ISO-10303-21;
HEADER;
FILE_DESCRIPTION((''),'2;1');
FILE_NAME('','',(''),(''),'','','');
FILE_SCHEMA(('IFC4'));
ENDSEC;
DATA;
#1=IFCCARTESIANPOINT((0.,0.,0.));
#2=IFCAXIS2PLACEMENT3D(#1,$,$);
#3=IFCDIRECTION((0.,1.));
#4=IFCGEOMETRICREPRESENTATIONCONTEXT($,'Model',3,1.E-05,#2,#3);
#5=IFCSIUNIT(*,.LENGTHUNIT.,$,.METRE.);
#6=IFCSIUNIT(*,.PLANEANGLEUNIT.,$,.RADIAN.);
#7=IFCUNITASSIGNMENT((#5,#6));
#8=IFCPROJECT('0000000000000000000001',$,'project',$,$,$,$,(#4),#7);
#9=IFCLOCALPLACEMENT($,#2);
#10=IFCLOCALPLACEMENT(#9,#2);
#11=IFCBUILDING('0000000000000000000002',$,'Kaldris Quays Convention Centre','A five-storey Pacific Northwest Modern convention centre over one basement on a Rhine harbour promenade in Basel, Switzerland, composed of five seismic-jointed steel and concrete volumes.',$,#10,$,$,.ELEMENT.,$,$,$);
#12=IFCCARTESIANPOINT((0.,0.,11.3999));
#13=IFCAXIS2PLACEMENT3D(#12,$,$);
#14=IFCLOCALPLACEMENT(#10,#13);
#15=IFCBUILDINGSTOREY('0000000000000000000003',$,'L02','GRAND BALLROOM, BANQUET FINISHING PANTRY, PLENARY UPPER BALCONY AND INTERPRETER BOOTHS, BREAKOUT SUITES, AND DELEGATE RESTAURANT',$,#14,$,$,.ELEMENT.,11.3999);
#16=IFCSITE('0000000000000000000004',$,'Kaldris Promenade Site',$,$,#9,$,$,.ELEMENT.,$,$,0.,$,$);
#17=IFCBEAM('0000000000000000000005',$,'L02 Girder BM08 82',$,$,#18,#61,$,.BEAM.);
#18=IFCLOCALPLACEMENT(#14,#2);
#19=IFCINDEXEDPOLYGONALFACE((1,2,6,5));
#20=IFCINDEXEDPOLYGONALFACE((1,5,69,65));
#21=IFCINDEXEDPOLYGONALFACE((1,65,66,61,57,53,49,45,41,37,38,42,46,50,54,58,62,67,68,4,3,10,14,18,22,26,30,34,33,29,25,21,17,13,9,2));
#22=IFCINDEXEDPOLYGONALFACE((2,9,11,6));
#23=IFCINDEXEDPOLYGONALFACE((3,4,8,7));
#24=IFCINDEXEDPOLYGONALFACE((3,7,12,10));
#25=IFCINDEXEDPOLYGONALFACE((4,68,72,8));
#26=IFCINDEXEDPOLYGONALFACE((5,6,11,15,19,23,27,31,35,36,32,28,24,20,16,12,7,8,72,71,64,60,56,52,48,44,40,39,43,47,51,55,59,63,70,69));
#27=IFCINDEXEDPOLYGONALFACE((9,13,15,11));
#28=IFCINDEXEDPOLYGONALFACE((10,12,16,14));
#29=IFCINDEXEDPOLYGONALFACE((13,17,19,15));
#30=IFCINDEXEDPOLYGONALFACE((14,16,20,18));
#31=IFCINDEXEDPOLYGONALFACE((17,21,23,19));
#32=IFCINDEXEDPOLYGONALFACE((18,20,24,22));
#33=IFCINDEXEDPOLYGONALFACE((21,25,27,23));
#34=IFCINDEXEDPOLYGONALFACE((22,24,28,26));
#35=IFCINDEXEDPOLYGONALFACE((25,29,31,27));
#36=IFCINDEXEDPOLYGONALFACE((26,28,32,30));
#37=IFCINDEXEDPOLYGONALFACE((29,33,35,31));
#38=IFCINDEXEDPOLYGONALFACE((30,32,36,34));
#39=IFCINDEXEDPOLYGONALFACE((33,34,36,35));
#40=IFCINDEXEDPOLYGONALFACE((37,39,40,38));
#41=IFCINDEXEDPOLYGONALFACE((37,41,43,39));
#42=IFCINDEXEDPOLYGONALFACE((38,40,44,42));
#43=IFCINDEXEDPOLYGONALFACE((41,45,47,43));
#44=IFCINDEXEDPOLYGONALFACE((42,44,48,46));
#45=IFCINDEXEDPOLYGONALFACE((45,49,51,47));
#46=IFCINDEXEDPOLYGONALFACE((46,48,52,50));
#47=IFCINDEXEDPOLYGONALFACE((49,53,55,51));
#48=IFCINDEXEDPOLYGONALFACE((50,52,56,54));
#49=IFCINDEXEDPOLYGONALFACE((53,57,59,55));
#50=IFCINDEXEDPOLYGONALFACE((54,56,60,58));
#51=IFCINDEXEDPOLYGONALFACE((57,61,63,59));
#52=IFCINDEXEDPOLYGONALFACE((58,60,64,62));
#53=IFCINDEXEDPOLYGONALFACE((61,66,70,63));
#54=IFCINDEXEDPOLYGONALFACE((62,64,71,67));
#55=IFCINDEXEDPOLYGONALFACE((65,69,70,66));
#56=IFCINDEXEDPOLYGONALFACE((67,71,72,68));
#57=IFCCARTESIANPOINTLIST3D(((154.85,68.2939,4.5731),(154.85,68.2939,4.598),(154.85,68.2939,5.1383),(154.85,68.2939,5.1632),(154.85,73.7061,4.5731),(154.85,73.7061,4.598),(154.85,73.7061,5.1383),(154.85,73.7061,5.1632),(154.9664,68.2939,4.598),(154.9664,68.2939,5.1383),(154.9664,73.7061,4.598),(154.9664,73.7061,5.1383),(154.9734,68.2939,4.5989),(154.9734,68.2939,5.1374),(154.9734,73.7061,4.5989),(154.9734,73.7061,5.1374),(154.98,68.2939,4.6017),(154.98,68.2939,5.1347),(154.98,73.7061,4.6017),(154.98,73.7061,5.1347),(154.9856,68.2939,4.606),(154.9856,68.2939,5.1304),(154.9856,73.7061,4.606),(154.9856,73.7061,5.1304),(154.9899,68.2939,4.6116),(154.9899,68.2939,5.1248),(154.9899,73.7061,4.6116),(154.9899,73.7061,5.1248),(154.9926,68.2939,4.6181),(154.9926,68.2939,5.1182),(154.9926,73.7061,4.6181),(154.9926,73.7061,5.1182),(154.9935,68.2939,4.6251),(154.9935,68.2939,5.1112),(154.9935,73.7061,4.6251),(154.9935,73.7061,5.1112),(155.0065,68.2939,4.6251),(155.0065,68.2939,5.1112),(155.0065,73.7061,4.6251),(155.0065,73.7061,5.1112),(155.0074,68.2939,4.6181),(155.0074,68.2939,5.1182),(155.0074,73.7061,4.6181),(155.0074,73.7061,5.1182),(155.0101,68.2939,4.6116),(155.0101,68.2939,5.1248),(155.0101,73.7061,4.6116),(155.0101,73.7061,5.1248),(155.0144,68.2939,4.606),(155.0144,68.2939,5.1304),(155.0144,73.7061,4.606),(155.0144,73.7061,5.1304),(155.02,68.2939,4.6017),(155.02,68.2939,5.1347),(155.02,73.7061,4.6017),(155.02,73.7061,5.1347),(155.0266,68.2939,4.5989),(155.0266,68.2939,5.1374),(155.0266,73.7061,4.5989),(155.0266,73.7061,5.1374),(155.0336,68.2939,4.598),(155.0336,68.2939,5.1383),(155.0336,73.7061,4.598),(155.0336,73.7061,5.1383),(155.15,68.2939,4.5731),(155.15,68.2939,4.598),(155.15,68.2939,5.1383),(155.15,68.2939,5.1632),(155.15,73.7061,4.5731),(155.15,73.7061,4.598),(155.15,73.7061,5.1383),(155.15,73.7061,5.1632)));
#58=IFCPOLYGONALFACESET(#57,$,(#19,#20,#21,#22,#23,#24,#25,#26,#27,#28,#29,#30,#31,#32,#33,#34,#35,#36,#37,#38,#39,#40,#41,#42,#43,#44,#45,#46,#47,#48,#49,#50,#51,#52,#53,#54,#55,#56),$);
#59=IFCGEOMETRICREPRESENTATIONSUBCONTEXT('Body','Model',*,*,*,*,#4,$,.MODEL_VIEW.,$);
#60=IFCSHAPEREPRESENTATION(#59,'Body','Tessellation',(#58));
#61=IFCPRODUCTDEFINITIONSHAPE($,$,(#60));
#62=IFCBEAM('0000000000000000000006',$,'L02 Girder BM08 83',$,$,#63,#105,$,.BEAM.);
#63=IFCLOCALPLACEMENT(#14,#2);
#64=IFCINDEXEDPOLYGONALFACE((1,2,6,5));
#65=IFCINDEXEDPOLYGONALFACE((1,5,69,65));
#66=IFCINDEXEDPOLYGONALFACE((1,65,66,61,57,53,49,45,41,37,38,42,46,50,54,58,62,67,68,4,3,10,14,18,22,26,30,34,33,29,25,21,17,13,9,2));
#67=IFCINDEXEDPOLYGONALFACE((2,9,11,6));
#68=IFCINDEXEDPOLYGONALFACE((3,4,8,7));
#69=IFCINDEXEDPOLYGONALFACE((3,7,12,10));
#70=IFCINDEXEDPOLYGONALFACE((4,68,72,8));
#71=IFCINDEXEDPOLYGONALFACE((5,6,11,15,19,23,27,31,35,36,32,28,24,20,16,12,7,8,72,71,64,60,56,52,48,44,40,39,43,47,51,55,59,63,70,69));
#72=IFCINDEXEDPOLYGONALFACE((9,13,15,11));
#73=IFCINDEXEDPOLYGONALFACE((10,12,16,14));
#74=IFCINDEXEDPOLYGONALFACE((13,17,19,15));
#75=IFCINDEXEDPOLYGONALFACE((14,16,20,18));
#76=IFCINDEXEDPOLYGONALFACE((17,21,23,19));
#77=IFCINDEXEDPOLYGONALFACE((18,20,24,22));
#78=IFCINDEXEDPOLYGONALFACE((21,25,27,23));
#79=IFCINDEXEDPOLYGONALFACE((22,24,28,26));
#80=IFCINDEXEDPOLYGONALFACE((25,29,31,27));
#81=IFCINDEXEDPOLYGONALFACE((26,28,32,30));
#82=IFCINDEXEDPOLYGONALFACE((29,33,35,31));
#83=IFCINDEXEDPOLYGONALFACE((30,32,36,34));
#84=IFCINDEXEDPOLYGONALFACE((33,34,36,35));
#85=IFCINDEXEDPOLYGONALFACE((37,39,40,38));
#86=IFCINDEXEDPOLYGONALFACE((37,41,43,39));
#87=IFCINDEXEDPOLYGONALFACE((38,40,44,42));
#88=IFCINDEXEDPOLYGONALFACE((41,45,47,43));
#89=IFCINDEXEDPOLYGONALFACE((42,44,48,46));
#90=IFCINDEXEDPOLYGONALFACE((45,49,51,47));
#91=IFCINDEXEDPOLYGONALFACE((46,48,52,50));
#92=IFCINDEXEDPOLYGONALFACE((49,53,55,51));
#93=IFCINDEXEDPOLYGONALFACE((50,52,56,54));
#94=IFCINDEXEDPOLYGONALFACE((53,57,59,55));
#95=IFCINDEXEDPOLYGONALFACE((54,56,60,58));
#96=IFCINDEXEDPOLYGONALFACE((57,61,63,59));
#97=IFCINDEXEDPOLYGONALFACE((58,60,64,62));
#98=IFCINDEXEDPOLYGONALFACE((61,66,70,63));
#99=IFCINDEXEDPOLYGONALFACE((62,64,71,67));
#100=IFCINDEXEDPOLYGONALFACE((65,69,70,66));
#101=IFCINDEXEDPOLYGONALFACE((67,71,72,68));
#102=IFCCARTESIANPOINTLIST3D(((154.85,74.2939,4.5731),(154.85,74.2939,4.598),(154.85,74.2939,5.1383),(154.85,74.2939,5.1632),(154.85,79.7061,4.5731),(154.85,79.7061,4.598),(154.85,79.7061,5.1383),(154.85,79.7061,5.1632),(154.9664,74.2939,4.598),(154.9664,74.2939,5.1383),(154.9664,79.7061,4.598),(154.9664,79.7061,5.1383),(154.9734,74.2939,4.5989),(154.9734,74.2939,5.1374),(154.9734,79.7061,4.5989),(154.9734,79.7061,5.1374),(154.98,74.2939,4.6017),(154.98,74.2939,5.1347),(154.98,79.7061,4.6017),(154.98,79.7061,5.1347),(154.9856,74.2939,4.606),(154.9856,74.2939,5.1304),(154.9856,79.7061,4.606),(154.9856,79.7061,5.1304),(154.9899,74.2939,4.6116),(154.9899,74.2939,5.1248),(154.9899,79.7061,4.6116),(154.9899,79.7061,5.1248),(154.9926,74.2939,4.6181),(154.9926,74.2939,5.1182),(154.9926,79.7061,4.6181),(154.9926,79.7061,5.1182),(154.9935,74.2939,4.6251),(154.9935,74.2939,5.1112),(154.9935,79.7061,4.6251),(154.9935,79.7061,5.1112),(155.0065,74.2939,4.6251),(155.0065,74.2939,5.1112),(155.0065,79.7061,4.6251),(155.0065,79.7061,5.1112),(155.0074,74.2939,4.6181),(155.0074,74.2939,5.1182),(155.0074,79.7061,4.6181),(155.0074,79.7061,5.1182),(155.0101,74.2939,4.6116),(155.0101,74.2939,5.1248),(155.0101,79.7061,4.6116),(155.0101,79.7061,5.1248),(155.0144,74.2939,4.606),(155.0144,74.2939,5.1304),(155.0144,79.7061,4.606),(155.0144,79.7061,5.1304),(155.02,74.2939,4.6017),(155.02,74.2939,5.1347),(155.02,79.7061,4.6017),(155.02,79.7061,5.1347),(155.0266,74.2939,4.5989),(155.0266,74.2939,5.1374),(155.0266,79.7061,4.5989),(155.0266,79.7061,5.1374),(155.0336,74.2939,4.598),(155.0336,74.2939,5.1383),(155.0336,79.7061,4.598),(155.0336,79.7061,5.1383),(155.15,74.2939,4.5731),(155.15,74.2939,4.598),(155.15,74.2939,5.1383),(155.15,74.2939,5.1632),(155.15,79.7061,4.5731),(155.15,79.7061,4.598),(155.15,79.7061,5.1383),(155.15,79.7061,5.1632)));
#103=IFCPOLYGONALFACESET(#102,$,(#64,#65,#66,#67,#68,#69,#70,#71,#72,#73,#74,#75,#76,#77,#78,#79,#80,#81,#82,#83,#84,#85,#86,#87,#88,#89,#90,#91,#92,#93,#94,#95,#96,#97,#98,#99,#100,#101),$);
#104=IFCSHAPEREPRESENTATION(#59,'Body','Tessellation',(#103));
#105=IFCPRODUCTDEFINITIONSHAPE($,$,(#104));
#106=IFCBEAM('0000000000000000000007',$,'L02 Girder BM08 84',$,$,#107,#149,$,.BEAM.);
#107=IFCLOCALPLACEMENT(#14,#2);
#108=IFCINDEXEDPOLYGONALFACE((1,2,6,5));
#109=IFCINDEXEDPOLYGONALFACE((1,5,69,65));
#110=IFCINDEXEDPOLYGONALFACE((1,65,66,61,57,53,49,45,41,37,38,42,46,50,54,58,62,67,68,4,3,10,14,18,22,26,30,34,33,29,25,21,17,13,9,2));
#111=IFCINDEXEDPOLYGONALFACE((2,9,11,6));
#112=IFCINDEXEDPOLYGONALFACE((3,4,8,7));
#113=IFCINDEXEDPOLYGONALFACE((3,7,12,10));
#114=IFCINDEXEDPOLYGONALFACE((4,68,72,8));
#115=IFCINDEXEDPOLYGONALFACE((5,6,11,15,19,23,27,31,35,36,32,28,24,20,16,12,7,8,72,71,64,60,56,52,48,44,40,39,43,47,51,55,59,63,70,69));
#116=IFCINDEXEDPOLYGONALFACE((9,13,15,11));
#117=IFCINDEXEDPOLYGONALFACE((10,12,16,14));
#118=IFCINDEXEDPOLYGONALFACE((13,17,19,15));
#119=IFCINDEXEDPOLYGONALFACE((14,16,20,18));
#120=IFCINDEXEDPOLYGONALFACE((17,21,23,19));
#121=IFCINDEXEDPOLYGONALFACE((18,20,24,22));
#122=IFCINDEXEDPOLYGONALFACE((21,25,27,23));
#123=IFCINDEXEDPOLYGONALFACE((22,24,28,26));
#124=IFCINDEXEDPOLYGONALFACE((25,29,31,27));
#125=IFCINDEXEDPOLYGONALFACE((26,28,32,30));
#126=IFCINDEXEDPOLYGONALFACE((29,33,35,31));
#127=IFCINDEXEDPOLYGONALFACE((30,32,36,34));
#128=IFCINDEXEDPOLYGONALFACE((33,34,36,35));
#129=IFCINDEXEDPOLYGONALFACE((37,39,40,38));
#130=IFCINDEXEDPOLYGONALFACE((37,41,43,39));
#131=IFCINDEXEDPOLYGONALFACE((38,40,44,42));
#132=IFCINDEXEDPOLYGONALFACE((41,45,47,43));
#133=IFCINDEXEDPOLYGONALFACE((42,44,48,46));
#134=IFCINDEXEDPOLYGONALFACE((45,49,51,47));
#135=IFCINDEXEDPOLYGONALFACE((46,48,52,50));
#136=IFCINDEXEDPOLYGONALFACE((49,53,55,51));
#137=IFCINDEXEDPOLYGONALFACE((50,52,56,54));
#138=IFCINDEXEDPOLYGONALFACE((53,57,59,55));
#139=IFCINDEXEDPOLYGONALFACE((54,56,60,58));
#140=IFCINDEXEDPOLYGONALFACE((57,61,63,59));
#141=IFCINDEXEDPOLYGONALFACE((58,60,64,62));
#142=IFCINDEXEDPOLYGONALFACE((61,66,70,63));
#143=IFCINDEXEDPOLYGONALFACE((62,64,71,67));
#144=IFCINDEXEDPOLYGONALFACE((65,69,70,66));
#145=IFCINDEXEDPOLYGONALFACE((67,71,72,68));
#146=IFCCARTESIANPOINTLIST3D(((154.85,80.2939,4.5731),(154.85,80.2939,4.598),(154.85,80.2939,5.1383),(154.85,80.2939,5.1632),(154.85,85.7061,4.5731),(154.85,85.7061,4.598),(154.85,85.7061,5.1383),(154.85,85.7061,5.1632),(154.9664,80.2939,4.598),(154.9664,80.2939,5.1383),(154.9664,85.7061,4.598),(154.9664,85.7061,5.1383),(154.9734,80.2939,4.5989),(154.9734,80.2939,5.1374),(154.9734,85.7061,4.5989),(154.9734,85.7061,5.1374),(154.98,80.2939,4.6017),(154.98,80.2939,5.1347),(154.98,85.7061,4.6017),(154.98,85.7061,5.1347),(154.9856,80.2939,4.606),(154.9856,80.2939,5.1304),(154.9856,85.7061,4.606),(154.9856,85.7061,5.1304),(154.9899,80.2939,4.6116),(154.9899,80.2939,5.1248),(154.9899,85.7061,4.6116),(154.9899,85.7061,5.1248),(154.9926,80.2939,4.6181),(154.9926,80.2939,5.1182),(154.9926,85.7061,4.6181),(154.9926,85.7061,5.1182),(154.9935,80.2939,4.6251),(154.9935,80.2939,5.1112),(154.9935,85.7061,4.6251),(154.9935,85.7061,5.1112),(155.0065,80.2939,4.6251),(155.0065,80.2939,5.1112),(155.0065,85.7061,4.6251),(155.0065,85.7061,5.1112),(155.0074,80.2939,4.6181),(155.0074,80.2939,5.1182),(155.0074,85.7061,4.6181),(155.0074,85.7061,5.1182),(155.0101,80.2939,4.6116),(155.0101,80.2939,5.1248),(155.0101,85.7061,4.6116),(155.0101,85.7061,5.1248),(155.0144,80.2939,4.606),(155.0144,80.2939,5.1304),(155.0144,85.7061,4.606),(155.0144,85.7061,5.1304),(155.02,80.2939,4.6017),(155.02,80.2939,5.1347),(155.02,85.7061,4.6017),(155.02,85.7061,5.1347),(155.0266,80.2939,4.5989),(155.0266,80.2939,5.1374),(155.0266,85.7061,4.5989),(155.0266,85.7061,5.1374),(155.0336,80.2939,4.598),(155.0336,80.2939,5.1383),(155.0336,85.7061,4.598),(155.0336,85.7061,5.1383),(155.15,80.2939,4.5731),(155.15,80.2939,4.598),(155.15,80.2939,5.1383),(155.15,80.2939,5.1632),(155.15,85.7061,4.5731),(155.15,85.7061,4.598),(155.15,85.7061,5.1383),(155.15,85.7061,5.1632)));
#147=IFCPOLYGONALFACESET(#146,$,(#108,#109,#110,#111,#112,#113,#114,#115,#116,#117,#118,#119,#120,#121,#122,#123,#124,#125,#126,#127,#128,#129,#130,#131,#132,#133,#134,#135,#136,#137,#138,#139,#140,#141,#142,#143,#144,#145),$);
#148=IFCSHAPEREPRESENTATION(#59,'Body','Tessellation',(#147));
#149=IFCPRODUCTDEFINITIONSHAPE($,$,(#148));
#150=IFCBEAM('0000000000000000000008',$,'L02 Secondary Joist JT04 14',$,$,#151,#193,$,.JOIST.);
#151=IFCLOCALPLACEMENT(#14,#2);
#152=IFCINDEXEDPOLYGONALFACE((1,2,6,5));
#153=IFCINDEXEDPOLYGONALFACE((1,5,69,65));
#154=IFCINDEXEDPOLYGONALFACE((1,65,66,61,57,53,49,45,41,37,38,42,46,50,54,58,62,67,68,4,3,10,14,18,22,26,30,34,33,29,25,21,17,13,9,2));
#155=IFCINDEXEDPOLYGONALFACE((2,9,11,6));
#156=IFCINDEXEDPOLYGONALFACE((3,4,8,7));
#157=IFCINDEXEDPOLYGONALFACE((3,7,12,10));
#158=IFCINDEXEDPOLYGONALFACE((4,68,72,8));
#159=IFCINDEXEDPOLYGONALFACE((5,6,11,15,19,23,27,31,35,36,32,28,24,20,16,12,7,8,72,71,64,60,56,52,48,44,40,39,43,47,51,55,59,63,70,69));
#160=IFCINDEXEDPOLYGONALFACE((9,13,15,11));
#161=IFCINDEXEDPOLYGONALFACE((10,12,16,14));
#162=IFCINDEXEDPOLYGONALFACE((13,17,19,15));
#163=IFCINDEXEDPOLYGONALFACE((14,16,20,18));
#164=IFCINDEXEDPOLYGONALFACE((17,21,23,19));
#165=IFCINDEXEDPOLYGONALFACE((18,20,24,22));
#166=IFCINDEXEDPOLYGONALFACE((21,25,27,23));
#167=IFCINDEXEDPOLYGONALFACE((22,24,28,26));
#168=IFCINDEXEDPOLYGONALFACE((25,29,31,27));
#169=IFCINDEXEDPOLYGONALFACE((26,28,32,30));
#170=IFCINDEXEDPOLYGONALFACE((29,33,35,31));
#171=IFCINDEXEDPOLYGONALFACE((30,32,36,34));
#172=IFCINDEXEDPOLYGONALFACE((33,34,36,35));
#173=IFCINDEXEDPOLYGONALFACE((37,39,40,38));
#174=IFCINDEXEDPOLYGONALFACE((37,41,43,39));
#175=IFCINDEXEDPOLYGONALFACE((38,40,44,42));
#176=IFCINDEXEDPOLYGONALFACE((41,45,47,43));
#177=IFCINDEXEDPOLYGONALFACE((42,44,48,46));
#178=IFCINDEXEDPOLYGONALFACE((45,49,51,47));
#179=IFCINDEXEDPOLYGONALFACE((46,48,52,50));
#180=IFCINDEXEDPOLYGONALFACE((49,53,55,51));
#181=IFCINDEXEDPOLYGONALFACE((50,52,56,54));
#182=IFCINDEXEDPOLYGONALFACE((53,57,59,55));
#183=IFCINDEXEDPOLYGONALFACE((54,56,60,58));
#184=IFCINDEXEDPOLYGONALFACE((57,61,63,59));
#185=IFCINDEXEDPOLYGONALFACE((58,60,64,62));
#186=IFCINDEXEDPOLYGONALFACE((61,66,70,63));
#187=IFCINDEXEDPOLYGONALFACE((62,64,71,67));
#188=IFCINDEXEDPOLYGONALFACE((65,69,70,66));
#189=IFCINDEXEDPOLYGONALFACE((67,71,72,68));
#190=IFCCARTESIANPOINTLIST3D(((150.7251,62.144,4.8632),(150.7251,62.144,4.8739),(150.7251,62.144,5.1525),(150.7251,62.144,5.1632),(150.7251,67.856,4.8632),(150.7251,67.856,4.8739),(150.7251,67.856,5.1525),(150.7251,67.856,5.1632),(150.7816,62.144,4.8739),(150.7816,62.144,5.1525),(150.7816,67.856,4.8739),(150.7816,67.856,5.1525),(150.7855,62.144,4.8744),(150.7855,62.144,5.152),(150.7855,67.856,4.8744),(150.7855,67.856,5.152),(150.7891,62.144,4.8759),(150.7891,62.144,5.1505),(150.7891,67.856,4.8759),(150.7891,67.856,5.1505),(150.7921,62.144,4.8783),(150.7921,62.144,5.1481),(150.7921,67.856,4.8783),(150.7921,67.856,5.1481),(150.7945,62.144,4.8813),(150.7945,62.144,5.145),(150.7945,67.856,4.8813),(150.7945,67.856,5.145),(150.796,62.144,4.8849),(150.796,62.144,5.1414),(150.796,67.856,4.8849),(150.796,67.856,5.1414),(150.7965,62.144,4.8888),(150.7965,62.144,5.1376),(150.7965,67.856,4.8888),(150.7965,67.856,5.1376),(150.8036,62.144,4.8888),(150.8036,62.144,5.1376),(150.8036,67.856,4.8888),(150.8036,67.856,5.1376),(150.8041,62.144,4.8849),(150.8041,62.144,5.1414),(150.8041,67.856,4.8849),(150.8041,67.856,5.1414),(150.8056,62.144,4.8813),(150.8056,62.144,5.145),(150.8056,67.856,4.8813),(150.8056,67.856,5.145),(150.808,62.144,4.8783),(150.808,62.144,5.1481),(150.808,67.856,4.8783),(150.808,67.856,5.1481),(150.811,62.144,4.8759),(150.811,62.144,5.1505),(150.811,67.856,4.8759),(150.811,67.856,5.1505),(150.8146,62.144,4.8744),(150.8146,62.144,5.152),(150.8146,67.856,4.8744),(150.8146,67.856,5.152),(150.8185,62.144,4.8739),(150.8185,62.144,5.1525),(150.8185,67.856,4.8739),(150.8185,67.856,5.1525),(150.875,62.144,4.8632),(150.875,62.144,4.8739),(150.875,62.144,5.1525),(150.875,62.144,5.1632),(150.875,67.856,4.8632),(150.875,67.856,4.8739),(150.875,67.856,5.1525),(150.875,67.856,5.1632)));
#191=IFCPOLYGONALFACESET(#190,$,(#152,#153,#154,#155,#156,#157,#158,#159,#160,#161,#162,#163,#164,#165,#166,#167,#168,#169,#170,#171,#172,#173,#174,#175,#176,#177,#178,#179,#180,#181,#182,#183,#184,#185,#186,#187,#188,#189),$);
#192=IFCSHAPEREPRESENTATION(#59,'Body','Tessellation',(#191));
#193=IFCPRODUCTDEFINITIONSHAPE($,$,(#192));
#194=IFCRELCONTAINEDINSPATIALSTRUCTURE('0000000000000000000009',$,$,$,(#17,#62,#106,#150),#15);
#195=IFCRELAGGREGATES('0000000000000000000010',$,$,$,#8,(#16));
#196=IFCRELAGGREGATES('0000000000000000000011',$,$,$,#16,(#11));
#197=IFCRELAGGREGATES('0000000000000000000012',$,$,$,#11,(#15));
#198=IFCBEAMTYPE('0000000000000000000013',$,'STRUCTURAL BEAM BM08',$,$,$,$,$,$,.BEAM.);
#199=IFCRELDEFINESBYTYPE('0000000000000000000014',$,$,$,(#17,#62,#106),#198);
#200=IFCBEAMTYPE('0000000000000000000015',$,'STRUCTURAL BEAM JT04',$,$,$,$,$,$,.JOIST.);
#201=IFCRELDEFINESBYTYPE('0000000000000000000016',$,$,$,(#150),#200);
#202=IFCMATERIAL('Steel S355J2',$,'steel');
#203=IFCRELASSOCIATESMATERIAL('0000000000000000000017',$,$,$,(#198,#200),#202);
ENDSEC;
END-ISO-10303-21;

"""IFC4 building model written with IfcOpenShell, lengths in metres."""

from ifc_helpers import new_model, si_unit, direction, frame, origin, origin_2d, place, context, subcontext, project, spatial, i_section, extrude, material, material_profile, profile_set, type_object, element, save


model = new_model("IFC4")

# Units and contexts
model_context = context("Model", 3, precision=1e-05, world=origin(), true_north=direction((0.0, 1.0)))
body_context = subcontext(model_context, "Body", "Model", "MODEL_VIEW")
ifc_project = project(units=[si_unit("LENGTHUNIT", "METRE"), si_unit("PLANEANGLEUNIT", "RADIAN")], contexts=[model_context])

# Site, building, storey
site_placement = place(None, origin())
site = spatial("IfcSite", under=ifc_project, at=site_placement, Name="Kaldris Promenade Site", CompositionType="ELEMENT", RefElevation=0.0)
building_placement = place(site_placement, origin())
building = spatial("IfcBuilding", under=site, at=building_placement, Name="Kaldris Quays Convention Centre", Description="A five-storey Pacific Northwest Modern convention centre over one basement on a Rhine harbour promenade in Basel, Switzerland, composed of five seismic-jointed steel and concrete volumes.", CompositionType="ELEMENT")
storey_placement = place(building_placement, frame((0.0, 0.0, 11.3999)))
storey = spatial("IfcBuildingStorey", under=building, at=storey_placement, Name="L02", Description="GRAND BALLROOM, BANQUET FINISHING PANTRY, PLENARY UPPER BALCONY AND INTERPRETER BOOTHS, BREAKOUT SUITES, AND DELEGATE RESTAURANT", CompositionType="ELEMENT", Elevation=11.3999)

# Beams
ifc_material_1 = material(Name="Steel S355J2", Category="steel")
ifc_material_profile_1 = material_profile(ifc_material_1, i_section(OverallWidth=0.3, OverallDepth=0.5901, WebThickness=0.0129, FlangeThickness=0.0249, FilletRadius=0.0271, at=origin_2d()), Name="HEA 600")
ifc_profile_set_1 = profile_set([ifc_material_profile_1], Name="Steel S355J2")
beam_type_1 = type_object("IfcBeamType", Name="STRUCTURAL BEAM BM08", PredefinedType="BEAM", material=ifc_profile_set_1)
for number, where, z_axis, x_axis, name in (
    (1, (155.0, 68.2939, 4.8682), (0.0, 1.0, 0.0), (-1.0, 0.0, 0.0), "L02 Girder BM08 82"),
    (2, (155.0, 74.2939, 4.8682), (0.0, 1.0, 0.0), (-1.0, 0.0, 0.0), "L02 Girder BM08 83"),
    (3, (155.0, 80.2939, 4.8682), (0.0, 1.0, 0.0), (-1.0, 0.0, 0.0), "L02 Girder BM08 84"),
):
    element("IfcBeam", number, at=place(storey_placement, frame(where, z_axis=z_axis, x_axis=x_axis)), inside=storey, type_object=beam_type_1, Name=name, PredefinedType="BEAM", context=body_context, shape_type="SweptSolid", body=[
        extrude(i_section(OverallWidth=0.3, OverallDepth=0.5901, WebThickness=0.0129, FlangeThickness=0.0249, FilletRadius=0.0271, at=origin_2d()), origin(), (0.0, 0.0, 1.0), 5.4121),
    ])
ifc_material_profile_2 = material_profile(ifc_material_1, i_section(OverallWidth=0.1499, OverallDepth=0.3, WebThickness=0.0071, FlangeThickness=0.0107, FilletRadius=0.0149, at=origin_2d()), Name="IPE 300")
ifc_profile_set_2 = profile_set([ifc_material_profile_2], Name="Steel S355J2")
beam_type_2 = type_object("IfcBeamType", Name="STRUCTURAL BEAM JT04", PredefinedType="JOIST", material=ifc_profile_set_2)
for number, where, z_axis, x_axis, name in (
    (4, (150.8, 62.144, 5.0132), (0.0, 1.0, 0.0), (-1.0, 0.0, 0.0), "L02 Secondary Joist JT04 14"),
):
    element("IfcBeam", number, at=place(storey_placement, frame(where, z_axis=z_axis, x_axis=x_axis)), inside=storey, type_object=beam_type_2, Name=name, PredefinedType="JOIST", context=body_context, shape_type="SweptSolid", body=[
        extrude(i_section(OverallWidth=0.1499, OverallDepth=0.3, WebThickness=0.0071, FlangeThickness=0.0107, FilletRadius=0.0149, at=origin_2d()), origin(), (0.0, 0.0, 1.0), 5.7119),
    ])

save(model, "model.ifc")
